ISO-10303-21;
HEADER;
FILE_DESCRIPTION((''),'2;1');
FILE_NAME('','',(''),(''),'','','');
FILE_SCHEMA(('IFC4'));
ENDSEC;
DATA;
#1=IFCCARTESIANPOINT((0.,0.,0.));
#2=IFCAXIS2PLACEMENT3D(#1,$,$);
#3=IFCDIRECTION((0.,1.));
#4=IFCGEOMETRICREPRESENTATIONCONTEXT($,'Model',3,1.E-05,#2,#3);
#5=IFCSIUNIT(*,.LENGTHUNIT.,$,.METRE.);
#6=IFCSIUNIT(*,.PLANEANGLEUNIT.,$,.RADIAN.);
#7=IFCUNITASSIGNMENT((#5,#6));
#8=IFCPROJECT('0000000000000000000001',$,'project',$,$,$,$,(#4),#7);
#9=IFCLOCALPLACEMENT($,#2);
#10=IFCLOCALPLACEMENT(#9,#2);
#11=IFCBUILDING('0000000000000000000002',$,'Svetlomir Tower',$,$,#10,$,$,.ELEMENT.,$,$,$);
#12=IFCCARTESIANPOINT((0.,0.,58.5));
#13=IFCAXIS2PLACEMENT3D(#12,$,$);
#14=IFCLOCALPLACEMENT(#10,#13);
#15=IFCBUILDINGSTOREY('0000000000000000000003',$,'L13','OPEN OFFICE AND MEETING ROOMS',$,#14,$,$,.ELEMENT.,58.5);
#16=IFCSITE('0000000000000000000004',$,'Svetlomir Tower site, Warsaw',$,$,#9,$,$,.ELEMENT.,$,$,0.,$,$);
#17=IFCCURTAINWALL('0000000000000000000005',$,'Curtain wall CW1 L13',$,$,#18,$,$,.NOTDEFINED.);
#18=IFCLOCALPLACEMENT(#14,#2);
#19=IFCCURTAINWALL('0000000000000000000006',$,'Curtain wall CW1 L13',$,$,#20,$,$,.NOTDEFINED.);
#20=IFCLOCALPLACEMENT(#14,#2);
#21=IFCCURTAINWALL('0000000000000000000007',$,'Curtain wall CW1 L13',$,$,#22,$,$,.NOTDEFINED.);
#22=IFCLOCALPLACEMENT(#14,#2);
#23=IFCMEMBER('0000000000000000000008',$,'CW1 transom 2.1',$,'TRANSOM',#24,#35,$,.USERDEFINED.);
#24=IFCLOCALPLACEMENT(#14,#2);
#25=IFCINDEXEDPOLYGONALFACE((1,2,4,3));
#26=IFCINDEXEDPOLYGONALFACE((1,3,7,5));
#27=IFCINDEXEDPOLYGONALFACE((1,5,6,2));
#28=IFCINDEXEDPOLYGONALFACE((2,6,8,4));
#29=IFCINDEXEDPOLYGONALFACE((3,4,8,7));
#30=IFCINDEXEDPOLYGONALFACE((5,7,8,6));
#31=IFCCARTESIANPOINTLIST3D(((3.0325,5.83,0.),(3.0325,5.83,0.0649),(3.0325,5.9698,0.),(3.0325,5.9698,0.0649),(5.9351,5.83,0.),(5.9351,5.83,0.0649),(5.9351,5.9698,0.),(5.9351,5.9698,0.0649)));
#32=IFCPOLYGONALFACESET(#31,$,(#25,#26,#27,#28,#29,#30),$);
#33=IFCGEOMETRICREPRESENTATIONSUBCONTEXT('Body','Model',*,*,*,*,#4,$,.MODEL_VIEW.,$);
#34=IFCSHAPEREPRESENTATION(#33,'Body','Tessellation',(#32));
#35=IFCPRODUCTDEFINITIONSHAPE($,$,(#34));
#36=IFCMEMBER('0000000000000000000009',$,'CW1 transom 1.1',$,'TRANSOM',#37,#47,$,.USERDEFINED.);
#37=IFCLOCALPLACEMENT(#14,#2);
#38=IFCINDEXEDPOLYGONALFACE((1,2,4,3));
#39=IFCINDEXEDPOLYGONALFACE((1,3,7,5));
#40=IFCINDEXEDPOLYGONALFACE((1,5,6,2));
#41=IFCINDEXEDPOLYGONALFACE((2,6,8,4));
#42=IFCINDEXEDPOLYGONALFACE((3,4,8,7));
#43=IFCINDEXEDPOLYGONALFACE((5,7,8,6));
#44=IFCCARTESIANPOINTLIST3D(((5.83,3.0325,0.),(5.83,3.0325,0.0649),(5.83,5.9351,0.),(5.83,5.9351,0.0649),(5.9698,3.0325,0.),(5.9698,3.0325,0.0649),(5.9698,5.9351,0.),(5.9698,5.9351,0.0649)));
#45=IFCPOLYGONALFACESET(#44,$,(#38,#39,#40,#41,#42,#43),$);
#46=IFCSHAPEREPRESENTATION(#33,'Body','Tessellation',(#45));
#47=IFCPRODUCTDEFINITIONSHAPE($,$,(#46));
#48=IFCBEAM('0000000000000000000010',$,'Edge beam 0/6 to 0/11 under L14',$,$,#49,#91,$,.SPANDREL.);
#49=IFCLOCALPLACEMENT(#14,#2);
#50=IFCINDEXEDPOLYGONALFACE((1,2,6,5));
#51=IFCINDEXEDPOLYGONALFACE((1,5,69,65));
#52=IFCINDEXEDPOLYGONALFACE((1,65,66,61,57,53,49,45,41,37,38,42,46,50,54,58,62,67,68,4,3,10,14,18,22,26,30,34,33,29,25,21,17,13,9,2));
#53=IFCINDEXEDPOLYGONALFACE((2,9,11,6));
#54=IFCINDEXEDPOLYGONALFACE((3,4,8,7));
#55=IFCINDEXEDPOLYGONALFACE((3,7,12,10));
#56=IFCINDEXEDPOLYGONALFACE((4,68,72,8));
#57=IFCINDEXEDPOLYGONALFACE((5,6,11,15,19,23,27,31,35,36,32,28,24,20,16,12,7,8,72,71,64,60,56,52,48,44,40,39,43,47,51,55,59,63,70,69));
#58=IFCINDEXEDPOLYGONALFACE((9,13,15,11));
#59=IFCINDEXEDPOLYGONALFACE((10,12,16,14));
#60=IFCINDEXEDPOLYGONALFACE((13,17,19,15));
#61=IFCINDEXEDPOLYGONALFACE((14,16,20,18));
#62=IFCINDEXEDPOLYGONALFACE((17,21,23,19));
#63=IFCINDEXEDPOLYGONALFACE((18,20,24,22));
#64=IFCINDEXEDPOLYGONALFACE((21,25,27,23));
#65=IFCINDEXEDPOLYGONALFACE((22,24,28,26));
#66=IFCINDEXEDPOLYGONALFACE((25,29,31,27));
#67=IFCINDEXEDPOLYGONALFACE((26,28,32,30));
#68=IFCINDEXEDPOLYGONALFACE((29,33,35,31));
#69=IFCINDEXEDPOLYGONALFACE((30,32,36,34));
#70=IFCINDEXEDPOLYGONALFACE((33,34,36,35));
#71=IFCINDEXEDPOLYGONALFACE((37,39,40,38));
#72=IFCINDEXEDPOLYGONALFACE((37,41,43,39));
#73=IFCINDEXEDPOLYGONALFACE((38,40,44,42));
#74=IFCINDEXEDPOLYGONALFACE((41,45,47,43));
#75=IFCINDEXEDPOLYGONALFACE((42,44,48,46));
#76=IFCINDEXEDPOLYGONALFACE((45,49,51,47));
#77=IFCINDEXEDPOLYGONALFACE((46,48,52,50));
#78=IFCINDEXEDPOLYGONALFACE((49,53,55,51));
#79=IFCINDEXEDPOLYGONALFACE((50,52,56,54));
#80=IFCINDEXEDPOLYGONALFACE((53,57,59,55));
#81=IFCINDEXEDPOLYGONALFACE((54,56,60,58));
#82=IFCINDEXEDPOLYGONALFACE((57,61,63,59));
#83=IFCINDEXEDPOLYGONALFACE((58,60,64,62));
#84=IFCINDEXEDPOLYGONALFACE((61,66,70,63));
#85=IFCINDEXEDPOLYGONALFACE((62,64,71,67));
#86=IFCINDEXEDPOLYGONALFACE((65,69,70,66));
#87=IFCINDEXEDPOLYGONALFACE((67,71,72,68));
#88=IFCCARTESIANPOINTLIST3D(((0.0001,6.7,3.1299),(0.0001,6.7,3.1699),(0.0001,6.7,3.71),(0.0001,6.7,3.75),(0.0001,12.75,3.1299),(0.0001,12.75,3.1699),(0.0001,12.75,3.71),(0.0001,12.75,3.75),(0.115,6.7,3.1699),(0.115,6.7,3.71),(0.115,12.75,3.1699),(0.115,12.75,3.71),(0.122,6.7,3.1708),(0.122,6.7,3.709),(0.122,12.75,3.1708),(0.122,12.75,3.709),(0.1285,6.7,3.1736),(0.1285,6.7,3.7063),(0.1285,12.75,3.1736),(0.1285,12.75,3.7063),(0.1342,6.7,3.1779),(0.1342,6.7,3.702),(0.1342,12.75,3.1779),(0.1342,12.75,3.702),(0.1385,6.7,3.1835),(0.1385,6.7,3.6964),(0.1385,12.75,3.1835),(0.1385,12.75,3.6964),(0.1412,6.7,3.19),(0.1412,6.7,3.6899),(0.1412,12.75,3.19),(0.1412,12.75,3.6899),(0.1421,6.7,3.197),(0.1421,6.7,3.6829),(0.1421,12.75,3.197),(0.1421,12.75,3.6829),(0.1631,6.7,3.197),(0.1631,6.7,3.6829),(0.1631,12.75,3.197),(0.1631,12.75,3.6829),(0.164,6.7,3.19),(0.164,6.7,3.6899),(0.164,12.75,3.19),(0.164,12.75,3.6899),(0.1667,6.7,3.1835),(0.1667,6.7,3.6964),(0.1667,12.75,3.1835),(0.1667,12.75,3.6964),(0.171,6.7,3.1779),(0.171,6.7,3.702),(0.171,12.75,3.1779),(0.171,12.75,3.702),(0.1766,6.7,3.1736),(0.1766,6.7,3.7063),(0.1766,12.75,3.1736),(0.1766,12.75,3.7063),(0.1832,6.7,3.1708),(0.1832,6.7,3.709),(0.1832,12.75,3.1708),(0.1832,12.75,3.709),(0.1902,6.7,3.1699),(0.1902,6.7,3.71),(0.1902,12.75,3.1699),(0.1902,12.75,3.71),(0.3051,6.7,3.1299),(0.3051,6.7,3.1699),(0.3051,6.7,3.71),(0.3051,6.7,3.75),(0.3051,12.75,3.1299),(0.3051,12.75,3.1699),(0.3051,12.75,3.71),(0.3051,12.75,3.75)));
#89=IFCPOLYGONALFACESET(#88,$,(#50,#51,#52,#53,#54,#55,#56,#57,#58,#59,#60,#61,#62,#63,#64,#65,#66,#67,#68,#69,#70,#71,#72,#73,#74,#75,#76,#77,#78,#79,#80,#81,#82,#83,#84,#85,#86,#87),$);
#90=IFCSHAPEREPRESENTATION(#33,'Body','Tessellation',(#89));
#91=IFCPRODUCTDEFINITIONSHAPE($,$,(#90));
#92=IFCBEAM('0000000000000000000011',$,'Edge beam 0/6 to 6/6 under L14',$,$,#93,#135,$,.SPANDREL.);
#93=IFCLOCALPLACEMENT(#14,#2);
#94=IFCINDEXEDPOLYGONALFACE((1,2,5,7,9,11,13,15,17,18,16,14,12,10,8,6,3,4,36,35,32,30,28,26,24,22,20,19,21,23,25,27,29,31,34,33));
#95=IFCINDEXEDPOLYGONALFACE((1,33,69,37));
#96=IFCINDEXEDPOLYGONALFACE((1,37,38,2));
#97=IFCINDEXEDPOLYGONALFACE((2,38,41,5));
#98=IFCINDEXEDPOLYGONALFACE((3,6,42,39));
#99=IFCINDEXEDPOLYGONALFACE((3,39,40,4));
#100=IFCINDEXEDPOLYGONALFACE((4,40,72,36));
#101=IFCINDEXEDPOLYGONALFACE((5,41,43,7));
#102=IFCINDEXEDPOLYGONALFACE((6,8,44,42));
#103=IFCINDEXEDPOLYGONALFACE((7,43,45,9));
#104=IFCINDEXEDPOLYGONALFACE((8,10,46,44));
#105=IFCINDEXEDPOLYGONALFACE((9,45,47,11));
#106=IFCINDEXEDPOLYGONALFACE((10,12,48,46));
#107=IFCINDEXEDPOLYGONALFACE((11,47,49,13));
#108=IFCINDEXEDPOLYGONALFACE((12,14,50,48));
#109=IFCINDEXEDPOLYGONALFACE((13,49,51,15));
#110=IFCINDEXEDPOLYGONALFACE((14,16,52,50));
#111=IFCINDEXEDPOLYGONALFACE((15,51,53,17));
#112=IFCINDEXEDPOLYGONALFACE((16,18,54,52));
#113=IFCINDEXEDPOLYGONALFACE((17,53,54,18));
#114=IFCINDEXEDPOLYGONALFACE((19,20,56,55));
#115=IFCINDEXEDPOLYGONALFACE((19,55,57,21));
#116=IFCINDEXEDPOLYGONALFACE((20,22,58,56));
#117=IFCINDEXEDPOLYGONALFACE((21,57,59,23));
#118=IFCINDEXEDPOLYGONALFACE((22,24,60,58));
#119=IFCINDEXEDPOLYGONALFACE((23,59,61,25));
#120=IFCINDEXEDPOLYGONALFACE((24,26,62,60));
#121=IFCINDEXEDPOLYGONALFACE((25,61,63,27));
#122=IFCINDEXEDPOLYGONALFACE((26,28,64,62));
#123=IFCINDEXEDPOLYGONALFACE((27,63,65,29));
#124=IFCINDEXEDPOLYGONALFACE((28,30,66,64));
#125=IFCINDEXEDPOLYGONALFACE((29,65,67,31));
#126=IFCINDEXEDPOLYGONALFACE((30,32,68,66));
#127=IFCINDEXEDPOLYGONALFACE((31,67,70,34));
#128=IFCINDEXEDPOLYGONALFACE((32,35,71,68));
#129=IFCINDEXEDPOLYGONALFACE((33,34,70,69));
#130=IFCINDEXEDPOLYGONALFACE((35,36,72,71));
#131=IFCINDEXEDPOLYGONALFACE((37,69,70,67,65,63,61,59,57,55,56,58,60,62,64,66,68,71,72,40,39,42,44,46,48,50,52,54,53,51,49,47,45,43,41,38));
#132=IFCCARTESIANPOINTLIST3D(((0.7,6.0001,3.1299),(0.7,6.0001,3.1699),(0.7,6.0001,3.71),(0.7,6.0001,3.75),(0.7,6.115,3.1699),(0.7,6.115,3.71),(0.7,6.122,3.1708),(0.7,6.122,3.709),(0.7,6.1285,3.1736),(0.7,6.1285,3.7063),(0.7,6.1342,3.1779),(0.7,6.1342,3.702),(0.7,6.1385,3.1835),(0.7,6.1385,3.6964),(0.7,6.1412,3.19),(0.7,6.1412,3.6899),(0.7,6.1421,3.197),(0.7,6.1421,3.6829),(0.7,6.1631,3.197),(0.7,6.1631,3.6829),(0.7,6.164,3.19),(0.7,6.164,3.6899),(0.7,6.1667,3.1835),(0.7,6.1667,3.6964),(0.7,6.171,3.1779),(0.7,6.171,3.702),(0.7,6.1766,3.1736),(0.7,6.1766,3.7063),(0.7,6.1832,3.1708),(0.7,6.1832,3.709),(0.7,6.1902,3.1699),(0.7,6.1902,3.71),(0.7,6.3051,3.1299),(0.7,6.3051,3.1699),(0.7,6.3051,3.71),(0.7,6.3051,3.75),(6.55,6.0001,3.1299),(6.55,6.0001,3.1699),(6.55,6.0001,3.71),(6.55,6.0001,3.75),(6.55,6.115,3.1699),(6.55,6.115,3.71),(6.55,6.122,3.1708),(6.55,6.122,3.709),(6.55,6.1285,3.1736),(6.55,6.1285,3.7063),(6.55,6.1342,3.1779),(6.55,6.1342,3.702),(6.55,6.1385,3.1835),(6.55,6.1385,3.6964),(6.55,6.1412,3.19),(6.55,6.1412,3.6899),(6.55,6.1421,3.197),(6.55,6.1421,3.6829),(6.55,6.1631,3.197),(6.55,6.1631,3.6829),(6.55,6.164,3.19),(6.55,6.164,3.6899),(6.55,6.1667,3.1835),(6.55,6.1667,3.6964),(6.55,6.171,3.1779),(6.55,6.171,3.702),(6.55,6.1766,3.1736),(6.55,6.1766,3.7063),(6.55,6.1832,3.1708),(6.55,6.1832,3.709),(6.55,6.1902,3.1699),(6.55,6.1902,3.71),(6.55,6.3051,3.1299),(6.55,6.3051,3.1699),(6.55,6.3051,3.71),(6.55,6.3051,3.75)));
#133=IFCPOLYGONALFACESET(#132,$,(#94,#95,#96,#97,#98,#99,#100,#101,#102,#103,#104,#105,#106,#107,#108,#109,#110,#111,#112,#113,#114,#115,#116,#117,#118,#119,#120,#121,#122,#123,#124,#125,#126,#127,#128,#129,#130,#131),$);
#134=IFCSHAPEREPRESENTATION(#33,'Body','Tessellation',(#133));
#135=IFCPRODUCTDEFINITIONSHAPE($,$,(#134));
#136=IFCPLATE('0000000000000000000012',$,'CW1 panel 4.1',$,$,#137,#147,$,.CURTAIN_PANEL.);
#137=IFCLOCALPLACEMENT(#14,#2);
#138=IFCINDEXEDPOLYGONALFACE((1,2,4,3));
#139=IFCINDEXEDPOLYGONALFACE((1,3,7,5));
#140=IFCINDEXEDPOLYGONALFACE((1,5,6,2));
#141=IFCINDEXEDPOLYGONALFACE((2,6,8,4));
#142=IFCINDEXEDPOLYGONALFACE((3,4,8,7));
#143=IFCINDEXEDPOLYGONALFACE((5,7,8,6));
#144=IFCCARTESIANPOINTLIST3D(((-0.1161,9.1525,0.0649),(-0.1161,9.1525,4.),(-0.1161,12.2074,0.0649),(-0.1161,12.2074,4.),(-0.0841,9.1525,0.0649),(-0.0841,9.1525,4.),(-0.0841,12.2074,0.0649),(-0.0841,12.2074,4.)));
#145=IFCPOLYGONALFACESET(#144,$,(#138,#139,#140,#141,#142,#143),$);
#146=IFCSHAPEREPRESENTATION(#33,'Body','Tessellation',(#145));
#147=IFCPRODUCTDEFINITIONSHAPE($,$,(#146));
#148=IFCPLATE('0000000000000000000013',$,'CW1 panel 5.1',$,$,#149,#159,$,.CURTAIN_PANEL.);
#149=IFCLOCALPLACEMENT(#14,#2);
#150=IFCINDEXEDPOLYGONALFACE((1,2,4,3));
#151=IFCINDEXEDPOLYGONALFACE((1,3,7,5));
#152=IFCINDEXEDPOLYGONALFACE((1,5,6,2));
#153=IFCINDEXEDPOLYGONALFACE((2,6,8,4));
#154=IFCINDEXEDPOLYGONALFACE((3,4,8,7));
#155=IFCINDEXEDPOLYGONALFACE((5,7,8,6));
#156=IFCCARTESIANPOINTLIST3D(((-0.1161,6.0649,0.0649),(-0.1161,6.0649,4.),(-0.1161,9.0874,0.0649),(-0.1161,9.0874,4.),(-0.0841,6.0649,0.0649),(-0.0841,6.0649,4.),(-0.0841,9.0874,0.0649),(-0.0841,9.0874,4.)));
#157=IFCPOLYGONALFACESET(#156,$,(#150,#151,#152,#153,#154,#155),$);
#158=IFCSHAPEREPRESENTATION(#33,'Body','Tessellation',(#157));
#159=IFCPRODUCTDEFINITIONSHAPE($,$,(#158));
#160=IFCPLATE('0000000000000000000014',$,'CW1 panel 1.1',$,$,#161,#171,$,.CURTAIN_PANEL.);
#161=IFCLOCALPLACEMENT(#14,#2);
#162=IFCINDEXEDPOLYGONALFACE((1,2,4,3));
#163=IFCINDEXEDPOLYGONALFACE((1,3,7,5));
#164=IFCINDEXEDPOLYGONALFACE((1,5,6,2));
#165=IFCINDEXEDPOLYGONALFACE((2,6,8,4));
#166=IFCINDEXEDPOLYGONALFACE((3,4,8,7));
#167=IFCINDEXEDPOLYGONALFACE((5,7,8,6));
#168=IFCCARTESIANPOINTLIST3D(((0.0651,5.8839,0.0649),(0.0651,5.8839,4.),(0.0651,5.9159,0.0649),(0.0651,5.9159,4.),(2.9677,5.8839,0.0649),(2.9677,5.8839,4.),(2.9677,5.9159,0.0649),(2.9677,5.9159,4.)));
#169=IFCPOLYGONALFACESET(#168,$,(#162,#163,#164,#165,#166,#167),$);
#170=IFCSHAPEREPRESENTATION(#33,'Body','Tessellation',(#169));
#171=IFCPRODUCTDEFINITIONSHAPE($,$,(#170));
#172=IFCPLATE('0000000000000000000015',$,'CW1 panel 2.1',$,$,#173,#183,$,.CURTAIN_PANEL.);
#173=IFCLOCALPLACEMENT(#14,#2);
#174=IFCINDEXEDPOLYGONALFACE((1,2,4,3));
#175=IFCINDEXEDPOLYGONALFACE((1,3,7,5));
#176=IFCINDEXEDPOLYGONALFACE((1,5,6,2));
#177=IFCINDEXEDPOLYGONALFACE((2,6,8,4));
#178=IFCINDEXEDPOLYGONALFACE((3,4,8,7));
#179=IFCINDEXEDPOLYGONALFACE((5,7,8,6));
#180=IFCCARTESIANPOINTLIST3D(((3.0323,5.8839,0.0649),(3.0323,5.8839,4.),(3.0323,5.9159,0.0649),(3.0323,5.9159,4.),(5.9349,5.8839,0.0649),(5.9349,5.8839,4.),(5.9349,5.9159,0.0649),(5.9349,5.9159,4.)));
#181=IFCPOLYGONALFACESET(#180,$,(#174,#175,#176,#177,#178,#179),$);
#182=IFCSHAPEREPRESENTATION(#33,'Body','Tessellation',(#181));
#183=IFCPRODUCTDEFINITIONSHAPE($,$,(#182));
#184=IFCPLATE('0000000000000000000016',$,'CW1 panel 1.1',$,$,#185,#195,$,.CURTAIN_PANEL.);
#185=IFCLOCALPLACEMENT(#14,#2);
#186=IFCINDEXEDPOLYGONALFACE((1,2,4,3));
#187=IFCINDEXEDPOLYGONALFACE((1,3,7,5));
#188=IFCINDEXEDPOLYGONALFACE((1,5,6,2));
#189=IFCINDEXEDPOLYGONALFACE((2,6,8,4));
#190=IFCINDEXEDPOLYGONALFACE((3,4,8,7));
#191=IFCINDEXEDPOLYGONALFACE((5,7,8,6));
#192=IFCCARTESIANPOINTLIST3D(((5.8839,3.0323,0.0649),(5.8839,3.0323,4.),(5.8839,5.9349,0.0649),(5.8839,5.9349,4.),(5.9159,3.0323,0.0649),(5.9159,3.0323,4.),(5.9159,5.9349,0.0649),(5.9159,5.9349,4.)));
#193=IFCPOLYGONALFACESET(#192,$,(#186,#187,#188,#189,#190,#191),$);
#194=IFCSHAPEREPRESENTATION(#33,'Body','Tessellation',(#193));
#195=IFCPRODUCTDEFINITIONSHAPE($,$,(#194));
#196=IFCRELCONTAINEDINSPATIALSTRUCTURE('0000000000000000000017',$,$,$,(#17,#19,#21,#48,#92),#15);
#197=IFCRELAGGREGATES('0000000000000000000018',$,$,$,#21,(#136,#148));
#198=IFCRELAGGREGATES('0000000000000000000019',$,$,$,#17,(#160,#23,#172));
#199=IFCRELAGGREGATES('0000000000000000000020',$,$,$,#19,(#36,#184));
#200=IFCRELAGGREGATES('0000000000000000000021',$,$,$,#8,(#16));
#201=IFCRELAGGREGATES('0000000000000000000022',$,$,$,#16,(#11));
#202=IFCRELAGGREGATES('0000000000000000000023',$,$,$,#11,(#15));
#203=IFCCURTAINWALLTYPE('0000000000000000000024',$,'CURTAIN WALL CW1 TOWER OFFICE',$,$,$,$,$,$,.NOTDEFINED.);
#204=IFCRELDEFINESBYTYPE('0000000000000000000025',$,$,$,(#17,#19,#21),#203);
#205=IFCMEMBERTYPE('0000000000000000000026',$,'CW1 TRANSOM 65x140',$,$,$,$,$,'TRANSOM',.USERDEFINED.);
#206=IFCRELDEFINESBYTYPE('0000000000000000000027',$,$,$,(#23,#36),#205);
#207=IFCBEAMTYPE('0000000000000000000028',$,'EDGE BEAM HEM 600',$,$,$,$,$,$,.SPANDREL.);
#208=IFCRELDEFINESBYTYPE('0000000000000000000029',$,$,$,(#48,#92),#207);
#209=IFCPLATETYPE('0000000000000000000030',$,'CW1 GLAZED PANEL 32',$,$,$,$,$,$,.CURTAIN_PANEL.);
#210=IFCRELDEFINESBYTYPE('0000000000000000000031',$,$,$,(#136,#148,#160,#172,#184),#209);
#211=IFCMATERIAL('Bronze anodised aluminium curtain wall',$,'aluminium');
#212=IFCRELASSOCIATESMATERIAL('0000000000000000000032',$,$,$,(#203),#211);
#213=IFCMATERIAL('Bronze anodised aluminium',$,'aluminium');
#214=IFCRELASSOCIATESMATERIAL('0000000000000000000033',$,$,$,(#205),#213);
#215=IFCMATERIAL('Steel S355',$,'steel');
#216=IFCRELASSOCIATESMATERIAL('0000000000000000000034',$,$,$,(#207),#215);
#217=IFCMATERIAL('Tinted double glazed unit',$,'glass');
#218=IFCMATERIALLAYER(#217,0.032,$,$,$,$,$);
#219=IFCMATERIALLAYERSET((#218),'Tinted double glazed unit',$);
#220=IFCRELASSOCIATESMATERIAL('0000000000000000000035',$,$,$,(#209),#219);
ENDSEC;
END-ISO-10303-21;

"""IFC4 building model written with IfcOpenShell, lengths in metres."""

from ifc_helpers import new_model, si_unit, direction, frame, origin, origin_2d, place, context, subcontext, project, spatial, rectangle, i_section, extrude, material, layer, layer_set, material_profile, profile_set, type_object, element, aggregate, save


model = new_model("IFC4")

# Units and contexts
model_context = context("Model", 3, precision=1e-05, world=origin(), true_north=direction((0.0, 1.0)))
body_context = subcontext(model_context, "Body", "Model", "MODEL_VIEW")
ifc_project = project(units=[si_unit("LENGTHUNIT", "METRE"), si_unit("PLANEANGLEUNIT", "RADIAN")], contexts=[model_context])

# Site, building, storey
site_placement = place(None, origin())
site = spatial("IfcSite", under=ifc_project, at=site_placement, Name="Svetlomir Tower site, Warsaw", CompositionType="ELEMENT", RefElevation=0.0)
building_placement = place(site_placement, origin())
building = spatial("IfcBuilding", under=site, at=building_placement, Name="Svetlomir Tower", CompositionType="ELEMENT")
storey_placement = place(building_placement, frame((0.0, 0.0, 58.5)))
storey = spatial("IfcBuildingStorey", under=building, at=storey_placement, Name="L13", Description="OPEN OFFICE AND MEETING ROOMS", CompositionType="ELEMENT", Elevation=58.5)

# Curtain walls
ifc_material_1 = material(Name="Bronze anodised aluminium curtain wall", Category="aluminium")
curtain_wall_type = type_object("IfcCurtainWallType", Name="CURTAIN WALL CW1 TOWER OFFICE", PredefinedType="NOTDEFINED", material=ifc_material_1)
curtain_wall_1_placement = place(storey_placement, origin())
curtain_wall_1 = element("IfcCurtainWall", 1, at=curtain_wall_1_placement, inside=storey, type_object=curtain_wall_type, Name="Curtain wall CW1 L13", PredefinedType="NOTDEFINED")
curtain_wall_2_placement = place(storey_placement, origin())
curtain_wall_2 = element("IfcCurtainWall", 2, at=curtain_wall_2_placement, inside=storey, type_object=curtain_wall_type, Name="Curtain wall CW1 L13", PredefinedType="NOTDEFINED")

# Curtain wall
curtain_wall_3_placement = place(storey_placement, origin())
curtain_wall_3 = element("IfcCurtainWall", 3, at=curtain_wall_3_placement, inside=storey, type_object=curtain_wall_type, Name="Curtain wall CW1 L13", PredefinedType="NOTDEFINED")

# Members
ifc_material_2 = material(Name="Bronze anodised aluminium", Category="aluminium")
ifc_material_profile_1 = material_profile(ifc_material_2, rectangle(XDim=0.1399, YDim=0.0649, at=origin_2d()), Name="AL 140x65")
ifc_profile_set_1 = profile_set([ifc_material_profile_1], Name="Bronze anodised aluminium 6063-T6")
member_type_1 = type_object("IfcMemberType", Name="CW1 TRANSOM 65x140", ElementType="TRANSOM", PredefinedType="USERDEFINED", material=ifc_profile_set_1)
member_1_placement = place(storey_placement, frame((3.0325, 5.8999, 0.0325), z_axis=(1.0, 0.0, 0.0), x_axis=(0.0, 1.0, 0.0)))
member_1 = element("IfcMember", 4, at=member_1_placement, type_object=member_type_1, Name="CW1 transom 2.1", ObjectType="TRANSOM", PredefinedType="USERDEFINED", context=body_context, shape_type="SweptSolid", body=[
    extrude(rectangle(XDim=0.1399, YDim=0.0649, at=origin_2d()), origin(), (0.0, 0.0, 1.0), 2.9026),
])
member_2_placement = place(storey_placement, frame((5.8999, 5.9351, 0.0325), z_axis=(0.0, -1.0, 0.0), x_axis=(1.0, 0.0, 0.0)))
member_2 = element("IfcMember", 5, at=member_2_placement, type_object=member_type_1, Name="CW1 transom 1.1", ObjectType="TRANSOM", PredefinedType="USERDEFINED", context=body_context, shape_type="SweptSolid", body=[
    extrude(rectangle(XDim=0.1399, YDim=0.0649, at=origin_2d()), origin(), (0.0, 0.0, 1.0), 2.9026),
])

# Beams
ifc_material_3 = material(Name="Steel S355", Category="steel")
ifc_material_profile_2 = material_profile(ifc_material_3, i_section(OverallWidth=0.3049, OverallDepth=0.6201, WebThickness=0.021, FlangeThickness=0.04, FilletRadius=0.0271, at=origin_2d()), Name="HEM 600")
ifc_profile_set_2 = profile_set([ifc_material_profile_2], Name="Steel S355")
beam_type = type_object("IfcBeamType", Name="EDGE BEAM HEM 600", PredefinedType="SPANDREL", material=ifc_profile_set_2)
beam_1_placement = place(storey_placement, frame((0.1526, 6.7, 3.4399), z_axis=(0.0, 1.0, 0.0), x_axis=(-1.0, 0.0, 0.0)))
element("IfcBeam", 6, at=beam_1_placement, inside=storey, type_object=beam_type, Name="Edge beam 0/6 to 0/11 under L14", PredefinedType="SPANDREL", context=body_context, shape_type="SweptSolid", body=[
    extrude(i_section(OverallWidth=0.3049, OverallDepth=0.6201, WebThickness=0.021, FlangeThickness=0.04, FilletRadius=0.0271, at=origin_2d()), origin(), (0.0, 0.0, 1.0), 6.05),
])
beam_2_placement = place(storey_placement, frame((0.7, 6.1526, 3.4399), z_axis=(1.0, 0.0, 0.0), x_axis=(0.0, 1.0, 0.0)))
element("IfcBeam", 7, at=beam_2_placement, inside=storey, type_object=beam_type, Name="Edge beam 0/6 to 6/6 under L14", PredefinedType="SPANDREL", context=body_context, shape_type="SweptSolid", body=[
    extrude(i_section(OverallWidth=0.3049, OverallDepth=0.6201, WebThickness=0.021, FlangeThickness=0.04, FilletRadius=0.0271, at=origin_2d()), origin(), (0.0, 0.0, 1.0), 5.8501),
])

# Plates
ifc_material_4 = material(Name="Tinted double glazed unit", Category="glass")
ifc_layer_1 = layer(ifc_material_4, 0.032)
ifc_layer_set_1 = layer_set([ifc_layer_1], Name="Tinted double glazed unit")
plate_type = type_object("IfcPlateType", Name="CW1 GLAZED PANEL 32", PredefinedType="CURTAIN_PANEL", material=ifc_layer_set_1)
plate_1_placement = place(storey_placement, frame((-0.1001, 10.6799, 0.0649), z_axis=(0.0, 0.0, 1.0), x_axis=(0.0, -1.0, 0.0)))
plate_1 = element("IfcPlate", 8, at=plate_1_placement, type_object=plate_type, Name="CW1 panel 4.1", PredefinedType="CURTAIN_PANEL", context=body_context, shape_type="SweptSolid", body=[
    extrude(rectangle(XDim=3.0549, YDim=0.032, at=origin_2d()), origin(), (0.0, 0.0, 1.0), 3.9351),
])
plate_2_placement = place(storey_placement, frame((-0.1001, 7.5762, 0.0649), z_axis=(0.0, 0.0, 1.0), x_axis=(0.0, -1.0, 0.0)))
plate_2 = element("IfcPlate", 9, at=plate_2_placement, type_object=plate_type, Name="CW1 panel 5.1", PredefinedType="CURTAIN_PANEL", context=body_context, shape_type="SweptSolid", body=[
    extrude(rectangle(XDim=3.0225, YDim=0.032, at=origin_2d()), origin(), (0.0, 0.0, 1.0), 3.9351),
])
aggregate(curtain_wall_3, [plate_1, plate_2])
plate_3_placement = place(storey_placement, frame((1.5164, 5.8999, 0.0649), z_axis=(0.0, 0.0, 1.0), x_axis=(1.0, 0.0, 0.0)))
plate_3 = element("IfcPlate", 10, at=plate_3_placement, type_object=plate_type, Name="CW1 panel 1.1", PredefinedType="CURTAIN_PANEL", context=body_context, shape_type="SweptSolid", body=[
    extrude(rectangle(XDim=2.9026, YDim=0.032, at=origin_2d()), origin(), (0.0, 0.0, 1.0), 3.9351),
])
plate_4_placement = place(storey_placement, frame((4.4836, 5.8999, 0.0649), z_axis=(0.0, 0.0, 1.0), x_axis=(1.0, 0.0, 0.0)))
plate_4 = element("IfcPlate", 11, at=plate_4_placement, type_object=plate_type, Name="CW1 panel 2.1", PredefinedType="CURTAIN_PANEL", context=body_context, shape_type="SweptSolid", body=[
    extrude(rectangle(XDim=2.9026, YDim=0.032, at=origin_2d()), origin(), (0.0, 0.0, 1.0), 3.9351),
])
aggregate(curtain_wall_1, [plate_3, member_1, plate_4])
plate_5_placement = place(storey_placement, frame((5.8999, 4.4836, 0.0649), z_axis=(0.0, 0.0, 1.0), x_axis=(0.0, -1.0, 0.0)))
plate_5 = element("IfcPlate", 12, at=plate_5_placement, type_object=plate_type, Name="CW1 panel 1.1", PredefinedType="CURTAIN_PANEL", context=body_context, shape_type="SweptSolid", body=[
    extrude(rectangle(XDim=2.9026, YDim=0.032, at=origin_2d()), origin(), (0.0, 0.0, 1.0), 3.9351),
])
aggregate(curtain_wall_2, [member_2, plate_5])

save(model, "model.ifc")
